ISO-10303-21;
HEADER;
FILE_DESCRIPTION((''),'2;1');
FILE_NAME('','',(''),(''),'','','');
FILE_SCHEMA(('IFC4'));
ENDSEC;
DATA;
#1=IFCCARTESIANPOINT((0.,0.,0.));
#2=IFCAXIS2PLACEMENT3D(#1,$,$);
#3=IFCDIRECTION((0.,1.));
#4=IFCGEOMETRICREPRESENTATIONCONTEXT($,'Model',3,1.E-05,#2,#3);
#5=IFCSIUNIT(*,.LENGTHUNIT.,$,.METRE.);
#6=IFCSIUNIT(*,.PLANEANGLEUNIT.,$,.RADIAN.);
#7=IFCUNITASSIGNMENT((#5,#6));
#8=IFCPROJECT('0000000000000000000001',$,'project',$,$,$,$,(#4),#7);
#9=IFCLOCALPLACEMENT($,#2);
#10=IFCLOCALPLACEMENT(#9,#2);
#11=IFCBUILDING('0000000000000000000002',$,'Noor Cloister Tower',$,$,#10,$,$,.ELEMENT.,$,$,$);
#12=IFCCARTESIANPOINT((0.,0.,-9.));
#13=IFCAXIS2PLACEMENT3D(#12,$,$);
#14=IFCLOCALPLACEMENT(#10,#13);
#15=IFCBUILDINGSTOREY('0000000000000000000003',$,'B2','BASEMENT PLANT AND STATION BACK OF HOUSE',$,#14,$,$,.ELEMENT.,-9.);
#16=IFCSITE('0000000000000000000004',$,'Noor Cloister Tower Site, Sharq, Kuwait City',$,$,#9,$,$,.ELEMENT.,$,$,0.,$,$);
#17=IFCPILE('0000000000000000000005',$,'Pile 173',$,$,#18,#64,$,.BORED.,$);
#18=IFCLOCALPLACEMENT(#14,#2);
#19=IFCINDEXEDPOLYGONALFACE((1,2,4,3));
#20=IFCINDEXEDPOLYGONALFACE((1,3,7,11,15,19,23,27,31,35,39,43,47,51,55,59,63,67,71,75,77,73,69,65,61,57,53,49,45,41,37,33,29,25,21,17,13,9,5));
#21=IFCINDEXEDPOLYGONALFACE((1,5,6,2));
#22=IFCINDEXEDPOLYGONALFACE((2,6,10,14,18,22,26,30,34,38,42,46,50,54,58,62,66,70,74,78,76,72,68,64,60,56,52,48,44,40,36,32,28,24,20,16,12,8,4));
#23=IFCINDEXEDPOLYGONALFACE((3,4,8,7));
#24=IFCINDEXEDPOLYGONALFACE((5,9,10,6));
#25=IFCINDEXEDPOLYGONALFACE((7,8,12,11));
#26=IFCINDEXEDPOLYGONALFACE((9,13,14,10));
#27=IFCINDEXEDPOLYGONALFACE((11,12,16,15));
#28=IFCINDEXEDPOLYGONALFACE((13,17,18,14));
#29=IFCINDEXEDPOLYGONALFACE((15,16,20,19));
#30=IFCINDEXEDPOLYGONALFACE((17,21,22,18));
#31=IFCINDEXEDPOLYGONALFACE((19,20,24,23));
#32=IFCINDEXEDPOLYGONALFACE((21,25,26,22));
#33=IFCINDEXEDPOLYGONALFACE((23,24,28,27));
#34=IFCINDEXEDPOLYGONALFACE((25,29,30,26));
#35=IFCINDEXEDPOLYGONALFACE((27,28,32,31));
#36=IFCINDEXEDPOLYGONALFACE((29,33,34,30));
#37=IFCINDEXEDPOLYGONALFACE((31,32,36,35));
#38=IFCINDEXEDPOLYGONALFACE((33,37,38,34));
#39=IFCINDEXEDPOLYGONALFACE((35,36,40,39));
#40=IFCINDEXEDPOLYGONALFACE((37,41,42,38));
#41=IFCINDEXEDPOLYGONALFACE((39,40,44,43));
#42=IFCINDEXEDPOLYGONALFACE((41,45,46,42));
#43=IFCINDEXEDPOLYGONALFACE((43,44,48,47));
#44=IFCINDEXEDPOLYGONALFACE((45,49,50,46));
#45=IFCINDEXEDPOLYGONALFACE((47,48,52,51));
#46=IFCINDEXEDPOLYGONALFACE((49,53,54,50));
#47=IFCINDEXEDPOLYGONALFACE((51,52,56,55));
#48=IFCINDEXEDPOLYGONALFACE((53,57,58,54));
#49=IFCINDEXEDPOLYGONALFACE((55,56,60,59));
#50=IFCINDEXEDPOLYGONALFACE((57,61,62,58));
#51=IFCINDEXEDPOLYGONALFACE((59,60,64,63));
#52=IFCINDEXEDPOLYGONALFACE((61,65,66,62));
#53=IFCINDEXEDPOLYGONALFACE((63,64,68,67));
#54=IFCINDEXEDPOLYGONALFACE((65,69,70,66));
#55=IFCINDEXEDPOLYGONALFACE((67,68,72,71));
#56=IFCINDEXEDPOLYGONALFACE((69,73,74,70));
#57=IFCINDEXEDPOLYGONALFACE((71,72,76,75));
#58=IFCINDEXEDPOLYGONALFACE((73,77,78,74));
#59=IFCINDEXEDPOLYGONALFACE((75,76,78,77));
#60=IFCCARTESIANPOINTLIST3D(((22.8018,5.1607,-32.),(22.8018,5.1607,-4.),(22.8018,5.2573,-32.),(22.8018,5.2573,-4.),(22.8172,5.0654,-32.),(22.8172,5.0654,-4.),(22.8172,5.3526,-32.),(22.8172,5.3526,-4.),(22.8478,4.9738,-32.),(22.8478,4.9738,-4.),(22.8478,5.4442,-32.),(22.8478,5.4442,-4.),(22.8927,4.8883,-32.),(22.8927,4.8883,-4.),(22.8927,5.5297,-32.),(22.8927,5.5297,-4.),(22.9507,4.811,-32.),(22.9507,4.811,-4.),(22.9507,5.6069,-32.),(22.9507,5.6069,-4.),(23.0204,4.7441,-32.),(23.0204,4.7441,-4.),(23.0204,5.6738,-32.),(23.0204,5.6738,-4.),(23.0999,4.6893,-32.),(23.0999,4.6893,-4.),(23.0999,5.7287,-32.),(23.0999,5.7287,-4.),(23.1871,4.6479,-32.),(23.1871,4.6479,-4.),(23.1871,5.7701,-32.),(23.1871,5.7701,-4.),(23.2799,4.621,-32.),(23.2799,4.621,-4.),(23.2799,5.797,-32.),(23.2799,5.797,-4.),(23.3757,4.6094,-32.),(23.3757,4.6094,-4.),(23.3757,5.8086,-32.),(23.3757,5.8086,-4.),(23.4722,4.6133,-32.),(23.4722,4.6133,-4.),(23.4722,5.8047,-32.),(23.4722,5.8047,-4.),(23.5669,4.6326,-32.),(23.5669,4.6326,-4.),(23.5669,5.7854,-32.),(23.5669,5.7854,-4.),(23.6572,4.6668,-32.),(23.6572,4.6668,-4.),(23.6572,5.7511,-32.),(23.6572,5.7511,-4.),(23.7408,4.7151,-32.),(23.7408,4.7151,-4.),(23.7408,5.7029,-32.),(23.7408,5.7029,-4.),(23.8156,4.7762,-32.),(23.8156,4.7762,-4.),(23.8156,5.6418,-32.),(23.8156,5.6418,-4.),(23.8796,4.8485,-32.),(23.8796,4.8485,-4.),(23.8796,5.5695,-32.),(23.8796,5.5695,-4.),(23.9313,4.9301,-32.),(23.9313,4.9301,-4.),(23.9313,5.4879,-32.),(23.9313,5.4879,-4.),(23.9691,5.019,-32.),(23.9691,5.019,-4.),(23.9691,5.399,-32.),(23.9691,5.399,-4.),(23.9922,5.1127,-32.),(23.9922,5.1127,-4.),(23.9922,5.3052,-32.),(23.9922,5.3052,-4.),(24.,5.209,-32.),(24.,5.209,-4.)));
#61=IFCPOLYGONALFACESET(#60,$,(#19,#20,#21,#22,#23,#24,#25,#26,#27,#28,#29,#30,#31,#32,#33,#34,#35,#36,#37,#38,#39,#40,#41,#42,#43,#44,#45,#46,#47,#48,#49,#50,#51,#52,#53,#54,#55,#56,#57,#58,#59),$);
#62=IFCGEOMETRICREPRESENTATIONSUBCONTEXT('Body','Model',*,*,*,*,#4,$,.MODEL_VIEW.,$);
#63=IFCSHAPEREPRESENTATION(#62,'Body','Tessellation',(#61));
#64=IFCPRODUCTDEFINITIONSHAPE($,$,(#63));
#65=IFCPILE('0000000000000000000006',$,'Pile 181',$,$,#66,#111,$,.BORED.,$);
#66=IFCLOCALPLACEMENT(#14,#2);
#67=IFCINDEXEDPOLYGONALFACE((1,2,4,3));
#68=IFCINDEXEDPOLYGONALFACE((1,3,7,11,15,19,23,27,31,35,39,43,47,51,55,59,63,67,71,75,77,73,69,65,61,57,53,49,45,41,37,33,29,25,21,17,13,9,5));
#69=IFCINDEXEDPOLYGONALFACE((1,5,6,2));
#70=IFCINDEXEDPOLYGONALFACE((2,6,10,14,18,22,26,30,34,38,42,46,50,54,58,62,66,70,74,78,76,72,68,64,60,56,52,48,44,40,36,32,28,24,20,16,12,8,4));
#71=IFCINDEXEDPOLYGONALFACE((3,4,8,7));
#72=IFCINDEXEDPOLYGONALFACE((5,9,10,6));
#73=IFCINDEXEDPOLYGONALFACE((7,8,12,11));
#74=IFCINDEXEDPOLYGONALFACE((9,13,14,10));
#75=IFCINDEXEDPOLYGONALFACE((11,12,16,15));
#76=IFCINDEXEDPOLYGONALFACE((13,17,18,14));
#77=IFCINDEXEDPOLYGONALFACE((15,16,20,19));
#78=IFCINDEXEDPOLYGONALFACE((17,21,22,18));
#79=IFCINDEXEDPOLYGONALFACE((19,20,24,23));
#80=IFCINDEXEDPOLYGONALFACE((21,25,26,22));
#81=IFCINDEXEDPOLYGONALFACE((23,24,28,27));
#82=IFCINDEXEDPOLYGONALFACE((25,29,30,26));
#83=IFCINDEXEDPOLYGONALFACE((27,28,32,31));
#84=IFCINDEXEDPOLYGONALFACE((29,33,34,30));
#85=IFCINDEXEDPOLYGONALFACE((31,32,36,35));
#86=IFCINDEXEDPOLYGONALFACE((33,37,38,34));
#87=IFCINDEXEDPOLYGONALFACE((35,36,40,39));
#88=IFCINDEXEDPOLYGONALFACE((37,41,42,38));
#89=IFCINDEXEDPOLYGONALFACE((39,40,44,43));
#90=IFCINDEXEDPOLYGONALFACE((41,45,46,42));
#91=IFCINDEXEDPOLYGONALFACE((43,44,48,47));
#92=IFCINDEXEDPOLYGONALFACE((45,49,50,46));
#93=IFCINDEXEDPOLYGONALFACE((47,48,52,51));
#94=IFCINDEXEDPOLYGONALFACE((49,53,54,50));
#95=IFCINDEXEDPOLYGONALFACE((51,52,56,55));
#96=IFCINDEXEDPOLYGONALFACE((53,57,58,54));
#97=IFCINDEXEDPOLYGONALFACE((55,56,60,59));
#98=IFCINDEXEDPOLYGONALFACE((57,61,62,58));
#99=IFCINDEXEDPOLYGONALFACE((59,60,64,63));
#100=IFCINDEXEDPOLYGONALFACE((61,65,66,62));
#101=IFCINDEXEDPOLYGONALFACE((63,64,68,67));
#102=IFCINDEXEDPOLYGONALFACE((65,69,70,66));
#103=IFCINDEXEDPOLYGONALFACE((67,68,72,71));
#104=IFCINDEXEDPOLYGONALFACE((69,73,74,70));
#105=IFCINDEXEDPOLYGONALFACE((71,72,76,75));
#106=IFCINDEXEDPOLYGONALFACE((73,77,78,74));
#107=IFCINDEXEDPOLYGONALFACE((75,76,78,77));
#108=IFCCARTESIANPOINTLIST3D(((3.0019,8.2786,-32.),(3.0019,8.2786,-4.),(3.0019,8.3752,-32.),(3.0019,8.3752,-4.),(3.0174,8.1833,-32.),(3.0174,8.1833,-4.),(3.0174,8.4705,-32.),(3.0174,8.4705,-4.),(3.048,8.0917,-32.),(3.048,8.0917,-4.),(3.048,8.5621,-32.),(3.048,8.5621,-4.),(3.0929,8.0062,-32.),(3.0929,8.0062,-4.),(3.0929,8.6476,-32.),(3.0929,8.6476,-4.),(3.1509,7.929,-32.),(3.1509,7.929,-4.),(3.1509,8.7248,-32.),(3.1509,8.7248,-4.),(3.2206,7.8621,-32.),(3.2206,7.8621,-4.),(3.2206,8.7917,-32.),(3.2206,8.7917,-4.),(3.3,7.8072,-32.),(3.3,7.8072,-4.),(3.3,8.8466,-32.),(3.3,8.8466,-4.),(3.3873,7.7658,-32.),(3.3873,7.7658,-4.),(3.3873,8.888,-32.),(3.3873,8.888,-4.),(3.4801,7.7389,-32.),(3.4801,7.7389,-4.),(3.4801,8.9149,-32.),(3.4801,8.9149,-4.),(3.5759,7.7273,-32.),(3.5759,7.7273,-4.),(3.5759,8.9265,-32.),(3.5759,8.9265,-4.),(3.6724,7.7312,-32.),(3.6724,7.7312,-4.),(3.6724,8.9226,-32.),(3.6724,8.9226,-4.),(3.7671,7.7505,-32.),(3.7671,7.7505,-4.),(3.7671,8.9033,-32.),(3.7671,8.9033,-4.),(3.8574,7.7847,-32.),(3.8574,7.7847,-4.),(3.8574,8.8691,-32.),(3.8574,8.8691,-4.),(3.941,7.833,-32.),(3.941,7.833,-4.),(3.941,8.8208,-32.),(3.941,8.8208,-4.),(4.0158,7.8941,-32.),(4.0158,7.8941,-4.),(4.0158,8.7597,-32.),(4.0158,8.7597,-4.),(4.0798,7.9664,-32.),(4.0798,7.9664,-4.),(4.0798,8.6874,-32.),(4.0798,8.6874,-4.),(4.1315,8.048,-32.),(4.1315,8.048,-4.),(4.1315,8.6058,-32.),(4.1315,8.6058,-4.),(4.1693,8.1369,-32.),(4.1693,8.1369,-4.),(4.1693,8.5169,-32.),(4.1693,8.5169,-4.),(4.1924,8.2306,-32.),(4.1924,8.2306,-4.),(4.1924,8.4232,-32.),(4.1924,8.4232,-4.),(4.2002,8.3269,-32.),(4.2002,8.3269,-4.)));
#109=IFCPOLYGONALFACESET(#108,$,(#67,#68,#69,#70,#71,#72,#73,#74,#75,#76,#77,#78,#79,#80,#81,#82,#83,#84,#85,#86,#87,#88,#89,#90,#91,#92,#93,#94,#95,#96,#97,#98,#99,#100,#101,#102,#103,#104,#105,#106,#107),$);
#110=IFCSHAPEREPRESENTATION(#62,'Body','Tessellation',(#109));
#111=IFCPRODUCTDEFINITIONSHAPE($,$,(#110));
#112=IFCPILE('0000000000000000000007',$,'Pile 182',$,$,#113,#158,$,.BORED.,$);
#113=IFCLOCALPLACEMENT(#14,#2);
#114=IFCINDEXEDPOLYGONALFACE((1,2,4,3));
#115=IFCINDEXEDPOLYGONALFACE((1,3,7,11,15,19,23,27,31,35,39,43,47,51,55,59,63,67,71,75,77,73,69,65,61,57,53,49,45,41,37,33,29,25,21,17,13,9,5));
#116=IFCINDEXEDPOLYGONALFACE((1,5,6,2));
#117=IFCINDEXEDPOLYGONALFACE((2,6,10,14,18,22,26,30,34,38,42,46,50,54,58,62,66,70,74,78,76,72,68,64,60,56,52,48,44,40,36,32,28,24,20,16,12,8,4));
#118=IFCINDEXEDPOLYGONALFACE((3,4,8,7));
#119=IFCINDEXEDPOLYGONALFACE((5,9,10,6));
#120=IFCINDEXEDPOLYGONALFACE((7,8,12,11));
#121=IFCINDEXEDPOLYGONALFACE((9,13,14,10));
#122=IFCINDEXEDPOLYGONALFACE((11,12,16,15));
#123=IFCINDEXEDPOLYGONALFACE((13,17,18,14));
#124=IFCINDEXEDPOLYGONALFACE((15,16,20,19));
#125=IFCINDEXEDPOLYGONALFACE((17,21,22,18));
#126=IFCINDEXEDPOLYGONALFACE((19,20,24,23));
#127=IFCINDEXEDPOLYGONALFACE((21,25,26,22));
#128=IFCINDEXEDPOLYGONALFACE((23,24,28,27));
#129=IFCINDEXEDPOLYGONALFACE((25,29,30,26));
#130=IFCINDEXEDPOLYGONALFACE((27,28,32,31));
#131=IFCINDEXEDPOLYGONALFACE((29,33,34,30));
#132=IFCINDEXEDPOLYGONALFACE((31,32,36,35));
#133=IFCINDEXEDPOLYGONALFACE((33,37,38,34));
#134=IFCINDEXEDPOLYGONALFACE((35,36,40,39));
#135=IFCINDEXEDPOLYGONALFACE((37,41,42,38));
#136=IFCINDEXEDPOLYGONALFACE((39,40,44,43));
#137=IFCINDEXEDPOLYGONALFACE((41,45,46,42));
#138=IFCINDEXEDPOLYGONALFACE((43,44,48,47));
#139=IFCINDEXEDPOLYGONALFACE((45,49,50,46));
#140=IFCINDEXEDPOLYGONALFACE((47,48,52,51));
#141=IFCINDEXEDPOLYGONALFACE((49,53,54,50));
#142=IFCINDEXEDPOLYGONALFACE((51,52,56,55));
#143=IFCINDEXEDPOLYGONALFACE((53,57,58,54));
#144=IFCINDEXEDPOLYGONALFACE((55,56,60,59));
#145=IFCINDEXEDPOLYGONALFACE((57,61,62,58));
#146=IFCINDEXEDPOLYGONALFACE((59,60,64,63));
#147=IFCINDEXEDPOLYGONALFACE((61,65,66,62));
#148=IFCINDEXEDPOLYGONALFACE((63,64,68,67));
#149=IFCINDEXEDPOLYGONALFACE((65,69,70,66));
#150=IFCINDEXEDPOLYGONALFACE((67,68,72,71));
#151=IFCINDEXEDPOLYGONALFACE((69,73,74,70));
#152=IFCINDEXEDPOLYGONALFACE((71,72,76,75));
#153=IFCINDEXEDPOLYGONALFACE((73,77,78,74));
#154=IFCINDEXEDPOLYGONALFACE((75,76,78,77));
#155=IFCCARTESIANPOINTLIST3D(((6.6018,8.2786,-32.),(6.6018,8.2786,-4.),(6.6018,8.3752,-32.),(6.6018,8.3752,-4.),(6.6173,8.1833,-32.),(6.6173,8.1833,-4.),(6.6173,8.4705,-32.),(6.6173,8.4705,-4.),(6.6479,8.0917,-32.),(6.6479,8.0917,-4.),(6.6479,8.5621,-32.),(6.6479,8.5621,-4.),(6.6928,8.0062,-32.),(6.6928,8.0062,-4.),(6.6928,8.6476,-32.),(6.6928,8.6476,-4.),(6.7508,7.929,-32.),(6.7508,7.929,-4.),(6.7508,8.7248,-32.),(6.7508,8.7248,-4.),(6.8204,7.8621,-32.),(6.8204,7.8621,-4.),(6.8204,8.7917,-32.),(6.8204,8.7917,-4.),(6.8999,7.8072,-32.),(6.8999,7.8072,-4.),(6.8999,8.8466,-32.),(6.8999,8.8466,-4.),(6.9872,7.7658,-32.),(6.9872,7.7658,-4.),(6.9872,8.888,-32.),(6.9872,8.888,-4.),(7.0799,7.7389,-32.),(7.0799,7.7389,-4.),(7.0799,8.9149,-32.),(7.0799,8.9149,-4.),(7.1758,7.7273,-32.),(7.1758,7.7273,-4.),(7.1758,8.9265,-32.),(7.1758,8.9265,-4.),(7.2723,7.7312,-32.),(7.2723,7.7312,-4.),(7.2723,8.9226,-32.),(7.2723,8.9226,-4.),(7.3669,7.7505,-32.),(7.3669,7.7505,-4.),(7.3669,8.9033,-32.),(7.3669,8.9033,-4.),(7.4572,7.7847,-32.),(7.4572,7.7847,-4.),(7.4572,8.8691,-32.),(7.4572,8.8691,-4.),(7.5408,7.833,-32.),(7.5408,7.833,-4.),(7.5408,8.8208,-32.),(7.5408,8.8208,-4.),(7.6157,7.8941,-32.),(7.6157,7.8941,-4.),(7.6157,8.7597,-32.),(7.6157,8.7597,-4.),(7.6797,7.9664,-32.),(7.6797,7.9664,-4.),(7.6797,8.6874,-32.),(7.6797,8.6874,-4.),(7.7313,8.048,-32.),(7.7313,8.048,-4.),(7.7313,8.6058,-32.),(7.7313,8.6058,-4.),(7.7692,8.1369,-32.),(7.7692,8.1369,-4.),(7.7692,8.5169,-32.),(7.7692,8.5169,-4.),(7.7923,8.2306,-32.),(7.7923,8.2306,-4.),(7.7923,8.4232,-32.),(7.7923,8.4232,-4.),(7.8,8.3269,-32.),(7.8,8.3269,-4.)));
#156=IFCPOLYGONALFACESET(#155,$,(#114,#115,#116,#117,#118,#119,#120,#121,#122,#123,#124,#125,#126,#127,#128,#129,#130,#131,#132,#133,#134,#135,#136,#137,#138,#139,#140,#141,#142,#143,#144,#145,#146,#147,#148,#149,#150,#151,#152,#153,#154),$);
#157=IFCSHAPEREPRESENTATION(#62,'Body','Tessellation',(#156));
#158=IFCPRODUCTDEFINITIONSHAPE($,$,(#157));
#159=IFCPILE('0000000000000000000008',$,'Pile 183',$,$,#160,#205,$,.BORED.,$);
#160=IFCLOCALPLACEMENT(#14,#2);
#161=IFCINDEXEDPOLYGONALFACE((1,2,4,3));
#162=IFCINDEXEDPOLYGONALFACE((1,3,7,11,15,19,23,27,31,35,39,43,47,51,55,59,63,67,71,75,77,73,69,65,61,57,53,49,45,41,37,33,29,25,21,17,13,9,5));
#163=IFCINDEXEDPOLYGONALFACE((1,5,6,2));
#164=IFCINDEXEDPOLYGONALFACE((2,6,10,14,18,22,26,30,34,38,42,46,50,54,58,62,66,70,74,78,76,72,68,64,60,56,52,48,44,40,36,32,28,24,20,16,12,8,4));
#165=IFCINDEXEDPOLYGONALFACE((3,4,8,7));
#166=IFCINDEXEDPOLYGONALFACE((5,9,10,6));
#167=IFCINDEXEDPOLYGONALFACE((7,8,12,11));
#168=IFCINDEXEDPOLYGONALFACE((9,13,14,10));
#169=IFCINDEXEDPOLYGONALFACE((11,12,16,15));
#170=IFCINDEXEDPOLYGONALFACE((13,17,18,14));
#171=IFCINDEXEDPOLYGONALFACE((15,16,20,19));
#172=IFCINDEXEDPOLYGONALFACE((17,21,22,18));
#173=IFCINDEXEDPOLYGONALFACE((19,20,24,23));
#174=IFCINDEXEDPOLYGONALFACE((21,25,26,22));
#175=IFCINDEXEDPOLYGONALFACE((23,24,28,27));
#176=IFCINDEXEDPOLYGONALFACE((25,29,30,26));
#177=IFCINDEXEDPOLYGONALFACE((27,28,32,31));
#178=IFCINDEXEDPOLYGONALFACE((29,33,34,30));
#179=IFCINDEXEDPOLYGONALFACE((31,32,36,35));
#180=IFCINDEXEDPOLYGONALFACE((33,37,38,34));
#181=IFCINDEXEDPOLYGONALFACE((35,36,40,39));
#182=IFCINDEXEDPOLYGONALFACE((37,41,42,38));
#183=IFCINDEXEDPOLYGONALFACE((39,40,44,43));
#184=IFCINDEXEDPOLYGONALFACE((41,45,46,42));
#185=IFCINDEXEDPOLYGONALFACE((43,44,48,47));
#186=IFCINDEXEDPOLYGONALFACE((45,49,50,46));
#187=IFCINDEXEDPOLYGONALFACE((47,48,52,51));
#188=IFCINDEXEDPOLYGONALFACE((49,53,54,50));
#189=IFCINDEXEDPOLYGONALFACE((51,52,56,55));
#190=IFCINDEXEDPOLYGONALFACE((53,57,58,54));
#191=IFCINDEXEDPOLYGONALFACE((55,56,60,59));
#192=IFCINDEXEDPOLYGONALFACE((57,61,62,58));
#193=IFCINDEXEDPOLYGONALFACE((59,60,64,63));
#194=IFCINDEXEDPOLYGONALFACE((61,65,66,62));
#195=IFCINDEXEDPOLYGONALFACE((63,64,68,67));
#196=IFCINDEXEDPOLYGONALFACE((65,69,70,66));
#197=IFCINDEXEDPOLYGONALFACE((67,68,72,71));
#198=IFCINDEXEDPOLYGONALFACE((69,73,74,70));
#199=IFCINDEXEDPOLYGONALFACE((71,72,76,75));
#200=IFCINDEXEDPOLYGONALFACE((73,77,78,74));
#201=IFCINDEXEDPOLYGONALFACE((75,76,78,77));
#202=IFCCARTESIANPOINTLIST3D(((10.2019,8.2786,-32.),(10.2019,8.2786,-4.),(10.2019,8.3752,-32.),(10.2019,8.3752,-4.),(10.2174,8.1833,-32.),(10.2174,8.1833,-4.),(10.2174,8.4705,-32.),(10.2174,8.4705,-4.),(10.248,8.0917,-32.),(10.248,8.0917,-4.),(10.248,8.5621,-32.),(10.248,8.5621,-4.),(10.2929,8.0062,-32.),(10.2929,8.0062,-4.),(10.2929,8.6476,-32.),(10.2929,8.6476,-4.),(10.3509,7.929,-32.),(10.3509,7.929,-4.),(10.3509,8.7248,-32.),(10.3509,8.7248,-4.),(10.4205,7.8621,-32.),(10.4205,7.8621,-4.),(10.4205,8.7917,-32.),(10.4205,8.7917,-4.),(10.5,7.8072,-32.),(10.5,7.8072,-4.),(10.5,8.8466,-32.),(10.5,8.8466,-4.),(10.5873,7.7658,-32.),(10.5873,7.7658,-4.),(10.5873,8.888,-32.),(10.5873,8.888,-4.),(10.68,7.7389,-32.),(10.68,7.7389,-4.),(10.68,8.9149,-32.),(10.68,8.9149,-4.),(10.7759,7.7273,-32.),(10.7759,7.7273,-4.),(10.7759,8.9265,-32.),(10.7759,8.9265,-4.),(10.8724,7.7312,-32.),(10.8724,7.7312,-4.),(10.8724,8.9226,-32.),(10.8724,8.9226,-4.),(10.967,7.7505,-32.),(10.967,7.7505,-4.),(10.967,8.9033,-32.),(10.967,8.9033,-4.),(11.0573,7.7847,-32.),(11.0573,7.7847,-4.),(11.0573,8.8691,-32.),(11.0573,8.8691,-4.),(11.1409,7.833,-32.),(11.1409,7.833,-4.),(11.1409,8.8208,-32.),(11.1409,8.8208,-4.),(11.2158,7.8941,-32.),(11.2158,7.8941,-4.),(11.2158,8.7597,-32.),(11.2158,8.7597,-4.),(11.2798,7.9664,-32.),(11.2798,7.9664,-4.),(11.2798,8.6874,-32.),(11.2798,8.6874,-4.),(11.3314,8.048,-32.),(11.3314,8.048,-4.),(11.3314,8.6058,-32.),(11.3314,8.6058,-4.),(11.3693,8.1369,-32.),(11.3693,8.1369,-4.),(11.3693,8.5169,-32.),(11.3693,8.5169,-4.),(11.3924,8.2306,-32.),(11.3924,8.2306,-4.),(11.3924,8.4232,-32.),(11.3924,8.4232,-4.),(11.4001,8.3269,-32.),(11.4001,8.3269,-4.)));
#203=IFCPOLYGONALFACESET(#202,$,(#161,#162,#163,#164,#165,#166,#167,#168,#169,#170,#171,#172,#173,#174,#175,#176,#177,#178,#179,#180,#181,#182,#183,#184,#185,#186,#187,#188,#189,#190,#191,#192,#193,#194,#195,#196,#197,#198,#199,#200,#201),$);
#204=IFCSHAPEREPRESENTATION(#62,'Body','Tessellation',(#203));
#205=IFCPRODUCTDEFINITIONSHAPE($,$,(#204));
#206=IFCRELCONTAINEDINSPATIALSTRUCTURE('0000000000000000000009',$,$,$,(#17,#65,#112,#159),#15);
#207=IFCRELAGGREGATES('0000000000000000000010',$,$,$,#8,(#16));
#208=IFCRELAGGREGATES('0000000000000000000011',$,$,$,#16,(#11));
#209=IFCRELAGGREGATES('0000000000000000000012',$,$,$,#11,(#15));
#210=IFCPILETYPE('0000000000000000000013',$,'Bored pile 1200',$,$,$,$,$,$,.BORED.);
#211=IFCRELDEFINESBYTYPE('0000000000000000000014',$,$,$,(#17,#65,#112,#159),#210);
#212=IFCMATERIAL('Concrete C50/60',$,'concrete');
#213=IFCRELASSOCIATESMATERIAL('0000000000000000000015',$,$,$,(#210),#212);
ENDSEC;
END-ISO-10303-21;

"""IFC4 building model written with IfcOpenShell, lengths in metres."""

from ifc_helpers import new_model, si_unit, direction, frame, origin, origin_2d, place, context, subcontext, project, spatial, circle, extrude, material, material_profile, profile_set, type_object, element, save


model = new_model("IFC4")

# Units and contexts
model_context = context("Model", 3, precision=1e-05, world=origin(), true_north=direction((0.0, 1.0)))
body_context = subcontext(model_context, "Body", "Model", "MODEL_VIEW")
ifc_project = project(units=[si_unit("LENGTHUNIT", "METRE"), si_unit("PLANEANGLEUNIT", "RADIAN")], contexts=[model_context])

# Site, building, storey
site_placement = place(None, origin())
site = spatial("IfcSite", under=ifc_project, at=site_placement, Name="Noor Cloister Tower Site, Sharq, Kuwait City", CompositionType="ELEMENT", RefElevation=0.0)
building_placement = place(site_placement, origin())
building = spatial("IfcBuilding", under=site, at=building_placement, Name="Noor Cloister Tower", CompositionType="ELEMENT")
storey_placement = place(building_placement, frame((0.0, 0.0, -9.0)))
storey = spatial("IfcBuildingStorey", under=building, at=storey_placement, Name="B2", Description="BASEMENT PLANT AND STATION BACK OF HOUSE", CompositionType="ELEMENT", Elevation=-9.0)

# Piles
ifc_material_1 = material(Name="Concrete C50/60", Category="concrete")
ifc_material_profile_1 = material_profile(ifc_material_1, circle(Radius=0.6001, at=origin_2d()), Name="Bored pile 1200")
ifc_profile_set_1 = profile_set([ifc_material_profile_1], Name="Concrete C50/60")
pile_type = type_object("IfcPileType", Name="Bored pile 1200", PredefinedType="BORED", material=ifc_profile_set_1)
for number, where, z_axis, x_axis, name in (
    (1, (23.3999, 5.209, -4.0), (0.0, 0.0, -1.0), (1.0, 0.0, 0.0), "Pile 173"),
    (2, (3.6001, 8.3269, -4.0), (0.0, 0.0, -1.0), (1.0, 0.0, 0.0), "Pile 181"),
    (3, (7.2, 8.3269, -4.0), (0.0, 0.0, -1.0), (1.0, 0.0, 0.0), "Pile 182"),
    (4, (10.8, 8.3269, -4.0), (0.0, 0.0, -1.0), (1.0, 0.0, 0.0), "Pile 183"),
):
    element("IfcPile", number, at=place(storey_placement, frame(where, z_axis=z_axis, x_axis=x_axis)), inside=storey, type_object=pile_type, Name=name, PredefinedType="BORED", context=body_context, shape_type="SweptSolid", body=[
        extrude(circle(Radius=0.6001, at=origin_2d()), origin(), (0.0, 0.0, 1.0), 28.0),
    ])

save(model, "model.ifc")
